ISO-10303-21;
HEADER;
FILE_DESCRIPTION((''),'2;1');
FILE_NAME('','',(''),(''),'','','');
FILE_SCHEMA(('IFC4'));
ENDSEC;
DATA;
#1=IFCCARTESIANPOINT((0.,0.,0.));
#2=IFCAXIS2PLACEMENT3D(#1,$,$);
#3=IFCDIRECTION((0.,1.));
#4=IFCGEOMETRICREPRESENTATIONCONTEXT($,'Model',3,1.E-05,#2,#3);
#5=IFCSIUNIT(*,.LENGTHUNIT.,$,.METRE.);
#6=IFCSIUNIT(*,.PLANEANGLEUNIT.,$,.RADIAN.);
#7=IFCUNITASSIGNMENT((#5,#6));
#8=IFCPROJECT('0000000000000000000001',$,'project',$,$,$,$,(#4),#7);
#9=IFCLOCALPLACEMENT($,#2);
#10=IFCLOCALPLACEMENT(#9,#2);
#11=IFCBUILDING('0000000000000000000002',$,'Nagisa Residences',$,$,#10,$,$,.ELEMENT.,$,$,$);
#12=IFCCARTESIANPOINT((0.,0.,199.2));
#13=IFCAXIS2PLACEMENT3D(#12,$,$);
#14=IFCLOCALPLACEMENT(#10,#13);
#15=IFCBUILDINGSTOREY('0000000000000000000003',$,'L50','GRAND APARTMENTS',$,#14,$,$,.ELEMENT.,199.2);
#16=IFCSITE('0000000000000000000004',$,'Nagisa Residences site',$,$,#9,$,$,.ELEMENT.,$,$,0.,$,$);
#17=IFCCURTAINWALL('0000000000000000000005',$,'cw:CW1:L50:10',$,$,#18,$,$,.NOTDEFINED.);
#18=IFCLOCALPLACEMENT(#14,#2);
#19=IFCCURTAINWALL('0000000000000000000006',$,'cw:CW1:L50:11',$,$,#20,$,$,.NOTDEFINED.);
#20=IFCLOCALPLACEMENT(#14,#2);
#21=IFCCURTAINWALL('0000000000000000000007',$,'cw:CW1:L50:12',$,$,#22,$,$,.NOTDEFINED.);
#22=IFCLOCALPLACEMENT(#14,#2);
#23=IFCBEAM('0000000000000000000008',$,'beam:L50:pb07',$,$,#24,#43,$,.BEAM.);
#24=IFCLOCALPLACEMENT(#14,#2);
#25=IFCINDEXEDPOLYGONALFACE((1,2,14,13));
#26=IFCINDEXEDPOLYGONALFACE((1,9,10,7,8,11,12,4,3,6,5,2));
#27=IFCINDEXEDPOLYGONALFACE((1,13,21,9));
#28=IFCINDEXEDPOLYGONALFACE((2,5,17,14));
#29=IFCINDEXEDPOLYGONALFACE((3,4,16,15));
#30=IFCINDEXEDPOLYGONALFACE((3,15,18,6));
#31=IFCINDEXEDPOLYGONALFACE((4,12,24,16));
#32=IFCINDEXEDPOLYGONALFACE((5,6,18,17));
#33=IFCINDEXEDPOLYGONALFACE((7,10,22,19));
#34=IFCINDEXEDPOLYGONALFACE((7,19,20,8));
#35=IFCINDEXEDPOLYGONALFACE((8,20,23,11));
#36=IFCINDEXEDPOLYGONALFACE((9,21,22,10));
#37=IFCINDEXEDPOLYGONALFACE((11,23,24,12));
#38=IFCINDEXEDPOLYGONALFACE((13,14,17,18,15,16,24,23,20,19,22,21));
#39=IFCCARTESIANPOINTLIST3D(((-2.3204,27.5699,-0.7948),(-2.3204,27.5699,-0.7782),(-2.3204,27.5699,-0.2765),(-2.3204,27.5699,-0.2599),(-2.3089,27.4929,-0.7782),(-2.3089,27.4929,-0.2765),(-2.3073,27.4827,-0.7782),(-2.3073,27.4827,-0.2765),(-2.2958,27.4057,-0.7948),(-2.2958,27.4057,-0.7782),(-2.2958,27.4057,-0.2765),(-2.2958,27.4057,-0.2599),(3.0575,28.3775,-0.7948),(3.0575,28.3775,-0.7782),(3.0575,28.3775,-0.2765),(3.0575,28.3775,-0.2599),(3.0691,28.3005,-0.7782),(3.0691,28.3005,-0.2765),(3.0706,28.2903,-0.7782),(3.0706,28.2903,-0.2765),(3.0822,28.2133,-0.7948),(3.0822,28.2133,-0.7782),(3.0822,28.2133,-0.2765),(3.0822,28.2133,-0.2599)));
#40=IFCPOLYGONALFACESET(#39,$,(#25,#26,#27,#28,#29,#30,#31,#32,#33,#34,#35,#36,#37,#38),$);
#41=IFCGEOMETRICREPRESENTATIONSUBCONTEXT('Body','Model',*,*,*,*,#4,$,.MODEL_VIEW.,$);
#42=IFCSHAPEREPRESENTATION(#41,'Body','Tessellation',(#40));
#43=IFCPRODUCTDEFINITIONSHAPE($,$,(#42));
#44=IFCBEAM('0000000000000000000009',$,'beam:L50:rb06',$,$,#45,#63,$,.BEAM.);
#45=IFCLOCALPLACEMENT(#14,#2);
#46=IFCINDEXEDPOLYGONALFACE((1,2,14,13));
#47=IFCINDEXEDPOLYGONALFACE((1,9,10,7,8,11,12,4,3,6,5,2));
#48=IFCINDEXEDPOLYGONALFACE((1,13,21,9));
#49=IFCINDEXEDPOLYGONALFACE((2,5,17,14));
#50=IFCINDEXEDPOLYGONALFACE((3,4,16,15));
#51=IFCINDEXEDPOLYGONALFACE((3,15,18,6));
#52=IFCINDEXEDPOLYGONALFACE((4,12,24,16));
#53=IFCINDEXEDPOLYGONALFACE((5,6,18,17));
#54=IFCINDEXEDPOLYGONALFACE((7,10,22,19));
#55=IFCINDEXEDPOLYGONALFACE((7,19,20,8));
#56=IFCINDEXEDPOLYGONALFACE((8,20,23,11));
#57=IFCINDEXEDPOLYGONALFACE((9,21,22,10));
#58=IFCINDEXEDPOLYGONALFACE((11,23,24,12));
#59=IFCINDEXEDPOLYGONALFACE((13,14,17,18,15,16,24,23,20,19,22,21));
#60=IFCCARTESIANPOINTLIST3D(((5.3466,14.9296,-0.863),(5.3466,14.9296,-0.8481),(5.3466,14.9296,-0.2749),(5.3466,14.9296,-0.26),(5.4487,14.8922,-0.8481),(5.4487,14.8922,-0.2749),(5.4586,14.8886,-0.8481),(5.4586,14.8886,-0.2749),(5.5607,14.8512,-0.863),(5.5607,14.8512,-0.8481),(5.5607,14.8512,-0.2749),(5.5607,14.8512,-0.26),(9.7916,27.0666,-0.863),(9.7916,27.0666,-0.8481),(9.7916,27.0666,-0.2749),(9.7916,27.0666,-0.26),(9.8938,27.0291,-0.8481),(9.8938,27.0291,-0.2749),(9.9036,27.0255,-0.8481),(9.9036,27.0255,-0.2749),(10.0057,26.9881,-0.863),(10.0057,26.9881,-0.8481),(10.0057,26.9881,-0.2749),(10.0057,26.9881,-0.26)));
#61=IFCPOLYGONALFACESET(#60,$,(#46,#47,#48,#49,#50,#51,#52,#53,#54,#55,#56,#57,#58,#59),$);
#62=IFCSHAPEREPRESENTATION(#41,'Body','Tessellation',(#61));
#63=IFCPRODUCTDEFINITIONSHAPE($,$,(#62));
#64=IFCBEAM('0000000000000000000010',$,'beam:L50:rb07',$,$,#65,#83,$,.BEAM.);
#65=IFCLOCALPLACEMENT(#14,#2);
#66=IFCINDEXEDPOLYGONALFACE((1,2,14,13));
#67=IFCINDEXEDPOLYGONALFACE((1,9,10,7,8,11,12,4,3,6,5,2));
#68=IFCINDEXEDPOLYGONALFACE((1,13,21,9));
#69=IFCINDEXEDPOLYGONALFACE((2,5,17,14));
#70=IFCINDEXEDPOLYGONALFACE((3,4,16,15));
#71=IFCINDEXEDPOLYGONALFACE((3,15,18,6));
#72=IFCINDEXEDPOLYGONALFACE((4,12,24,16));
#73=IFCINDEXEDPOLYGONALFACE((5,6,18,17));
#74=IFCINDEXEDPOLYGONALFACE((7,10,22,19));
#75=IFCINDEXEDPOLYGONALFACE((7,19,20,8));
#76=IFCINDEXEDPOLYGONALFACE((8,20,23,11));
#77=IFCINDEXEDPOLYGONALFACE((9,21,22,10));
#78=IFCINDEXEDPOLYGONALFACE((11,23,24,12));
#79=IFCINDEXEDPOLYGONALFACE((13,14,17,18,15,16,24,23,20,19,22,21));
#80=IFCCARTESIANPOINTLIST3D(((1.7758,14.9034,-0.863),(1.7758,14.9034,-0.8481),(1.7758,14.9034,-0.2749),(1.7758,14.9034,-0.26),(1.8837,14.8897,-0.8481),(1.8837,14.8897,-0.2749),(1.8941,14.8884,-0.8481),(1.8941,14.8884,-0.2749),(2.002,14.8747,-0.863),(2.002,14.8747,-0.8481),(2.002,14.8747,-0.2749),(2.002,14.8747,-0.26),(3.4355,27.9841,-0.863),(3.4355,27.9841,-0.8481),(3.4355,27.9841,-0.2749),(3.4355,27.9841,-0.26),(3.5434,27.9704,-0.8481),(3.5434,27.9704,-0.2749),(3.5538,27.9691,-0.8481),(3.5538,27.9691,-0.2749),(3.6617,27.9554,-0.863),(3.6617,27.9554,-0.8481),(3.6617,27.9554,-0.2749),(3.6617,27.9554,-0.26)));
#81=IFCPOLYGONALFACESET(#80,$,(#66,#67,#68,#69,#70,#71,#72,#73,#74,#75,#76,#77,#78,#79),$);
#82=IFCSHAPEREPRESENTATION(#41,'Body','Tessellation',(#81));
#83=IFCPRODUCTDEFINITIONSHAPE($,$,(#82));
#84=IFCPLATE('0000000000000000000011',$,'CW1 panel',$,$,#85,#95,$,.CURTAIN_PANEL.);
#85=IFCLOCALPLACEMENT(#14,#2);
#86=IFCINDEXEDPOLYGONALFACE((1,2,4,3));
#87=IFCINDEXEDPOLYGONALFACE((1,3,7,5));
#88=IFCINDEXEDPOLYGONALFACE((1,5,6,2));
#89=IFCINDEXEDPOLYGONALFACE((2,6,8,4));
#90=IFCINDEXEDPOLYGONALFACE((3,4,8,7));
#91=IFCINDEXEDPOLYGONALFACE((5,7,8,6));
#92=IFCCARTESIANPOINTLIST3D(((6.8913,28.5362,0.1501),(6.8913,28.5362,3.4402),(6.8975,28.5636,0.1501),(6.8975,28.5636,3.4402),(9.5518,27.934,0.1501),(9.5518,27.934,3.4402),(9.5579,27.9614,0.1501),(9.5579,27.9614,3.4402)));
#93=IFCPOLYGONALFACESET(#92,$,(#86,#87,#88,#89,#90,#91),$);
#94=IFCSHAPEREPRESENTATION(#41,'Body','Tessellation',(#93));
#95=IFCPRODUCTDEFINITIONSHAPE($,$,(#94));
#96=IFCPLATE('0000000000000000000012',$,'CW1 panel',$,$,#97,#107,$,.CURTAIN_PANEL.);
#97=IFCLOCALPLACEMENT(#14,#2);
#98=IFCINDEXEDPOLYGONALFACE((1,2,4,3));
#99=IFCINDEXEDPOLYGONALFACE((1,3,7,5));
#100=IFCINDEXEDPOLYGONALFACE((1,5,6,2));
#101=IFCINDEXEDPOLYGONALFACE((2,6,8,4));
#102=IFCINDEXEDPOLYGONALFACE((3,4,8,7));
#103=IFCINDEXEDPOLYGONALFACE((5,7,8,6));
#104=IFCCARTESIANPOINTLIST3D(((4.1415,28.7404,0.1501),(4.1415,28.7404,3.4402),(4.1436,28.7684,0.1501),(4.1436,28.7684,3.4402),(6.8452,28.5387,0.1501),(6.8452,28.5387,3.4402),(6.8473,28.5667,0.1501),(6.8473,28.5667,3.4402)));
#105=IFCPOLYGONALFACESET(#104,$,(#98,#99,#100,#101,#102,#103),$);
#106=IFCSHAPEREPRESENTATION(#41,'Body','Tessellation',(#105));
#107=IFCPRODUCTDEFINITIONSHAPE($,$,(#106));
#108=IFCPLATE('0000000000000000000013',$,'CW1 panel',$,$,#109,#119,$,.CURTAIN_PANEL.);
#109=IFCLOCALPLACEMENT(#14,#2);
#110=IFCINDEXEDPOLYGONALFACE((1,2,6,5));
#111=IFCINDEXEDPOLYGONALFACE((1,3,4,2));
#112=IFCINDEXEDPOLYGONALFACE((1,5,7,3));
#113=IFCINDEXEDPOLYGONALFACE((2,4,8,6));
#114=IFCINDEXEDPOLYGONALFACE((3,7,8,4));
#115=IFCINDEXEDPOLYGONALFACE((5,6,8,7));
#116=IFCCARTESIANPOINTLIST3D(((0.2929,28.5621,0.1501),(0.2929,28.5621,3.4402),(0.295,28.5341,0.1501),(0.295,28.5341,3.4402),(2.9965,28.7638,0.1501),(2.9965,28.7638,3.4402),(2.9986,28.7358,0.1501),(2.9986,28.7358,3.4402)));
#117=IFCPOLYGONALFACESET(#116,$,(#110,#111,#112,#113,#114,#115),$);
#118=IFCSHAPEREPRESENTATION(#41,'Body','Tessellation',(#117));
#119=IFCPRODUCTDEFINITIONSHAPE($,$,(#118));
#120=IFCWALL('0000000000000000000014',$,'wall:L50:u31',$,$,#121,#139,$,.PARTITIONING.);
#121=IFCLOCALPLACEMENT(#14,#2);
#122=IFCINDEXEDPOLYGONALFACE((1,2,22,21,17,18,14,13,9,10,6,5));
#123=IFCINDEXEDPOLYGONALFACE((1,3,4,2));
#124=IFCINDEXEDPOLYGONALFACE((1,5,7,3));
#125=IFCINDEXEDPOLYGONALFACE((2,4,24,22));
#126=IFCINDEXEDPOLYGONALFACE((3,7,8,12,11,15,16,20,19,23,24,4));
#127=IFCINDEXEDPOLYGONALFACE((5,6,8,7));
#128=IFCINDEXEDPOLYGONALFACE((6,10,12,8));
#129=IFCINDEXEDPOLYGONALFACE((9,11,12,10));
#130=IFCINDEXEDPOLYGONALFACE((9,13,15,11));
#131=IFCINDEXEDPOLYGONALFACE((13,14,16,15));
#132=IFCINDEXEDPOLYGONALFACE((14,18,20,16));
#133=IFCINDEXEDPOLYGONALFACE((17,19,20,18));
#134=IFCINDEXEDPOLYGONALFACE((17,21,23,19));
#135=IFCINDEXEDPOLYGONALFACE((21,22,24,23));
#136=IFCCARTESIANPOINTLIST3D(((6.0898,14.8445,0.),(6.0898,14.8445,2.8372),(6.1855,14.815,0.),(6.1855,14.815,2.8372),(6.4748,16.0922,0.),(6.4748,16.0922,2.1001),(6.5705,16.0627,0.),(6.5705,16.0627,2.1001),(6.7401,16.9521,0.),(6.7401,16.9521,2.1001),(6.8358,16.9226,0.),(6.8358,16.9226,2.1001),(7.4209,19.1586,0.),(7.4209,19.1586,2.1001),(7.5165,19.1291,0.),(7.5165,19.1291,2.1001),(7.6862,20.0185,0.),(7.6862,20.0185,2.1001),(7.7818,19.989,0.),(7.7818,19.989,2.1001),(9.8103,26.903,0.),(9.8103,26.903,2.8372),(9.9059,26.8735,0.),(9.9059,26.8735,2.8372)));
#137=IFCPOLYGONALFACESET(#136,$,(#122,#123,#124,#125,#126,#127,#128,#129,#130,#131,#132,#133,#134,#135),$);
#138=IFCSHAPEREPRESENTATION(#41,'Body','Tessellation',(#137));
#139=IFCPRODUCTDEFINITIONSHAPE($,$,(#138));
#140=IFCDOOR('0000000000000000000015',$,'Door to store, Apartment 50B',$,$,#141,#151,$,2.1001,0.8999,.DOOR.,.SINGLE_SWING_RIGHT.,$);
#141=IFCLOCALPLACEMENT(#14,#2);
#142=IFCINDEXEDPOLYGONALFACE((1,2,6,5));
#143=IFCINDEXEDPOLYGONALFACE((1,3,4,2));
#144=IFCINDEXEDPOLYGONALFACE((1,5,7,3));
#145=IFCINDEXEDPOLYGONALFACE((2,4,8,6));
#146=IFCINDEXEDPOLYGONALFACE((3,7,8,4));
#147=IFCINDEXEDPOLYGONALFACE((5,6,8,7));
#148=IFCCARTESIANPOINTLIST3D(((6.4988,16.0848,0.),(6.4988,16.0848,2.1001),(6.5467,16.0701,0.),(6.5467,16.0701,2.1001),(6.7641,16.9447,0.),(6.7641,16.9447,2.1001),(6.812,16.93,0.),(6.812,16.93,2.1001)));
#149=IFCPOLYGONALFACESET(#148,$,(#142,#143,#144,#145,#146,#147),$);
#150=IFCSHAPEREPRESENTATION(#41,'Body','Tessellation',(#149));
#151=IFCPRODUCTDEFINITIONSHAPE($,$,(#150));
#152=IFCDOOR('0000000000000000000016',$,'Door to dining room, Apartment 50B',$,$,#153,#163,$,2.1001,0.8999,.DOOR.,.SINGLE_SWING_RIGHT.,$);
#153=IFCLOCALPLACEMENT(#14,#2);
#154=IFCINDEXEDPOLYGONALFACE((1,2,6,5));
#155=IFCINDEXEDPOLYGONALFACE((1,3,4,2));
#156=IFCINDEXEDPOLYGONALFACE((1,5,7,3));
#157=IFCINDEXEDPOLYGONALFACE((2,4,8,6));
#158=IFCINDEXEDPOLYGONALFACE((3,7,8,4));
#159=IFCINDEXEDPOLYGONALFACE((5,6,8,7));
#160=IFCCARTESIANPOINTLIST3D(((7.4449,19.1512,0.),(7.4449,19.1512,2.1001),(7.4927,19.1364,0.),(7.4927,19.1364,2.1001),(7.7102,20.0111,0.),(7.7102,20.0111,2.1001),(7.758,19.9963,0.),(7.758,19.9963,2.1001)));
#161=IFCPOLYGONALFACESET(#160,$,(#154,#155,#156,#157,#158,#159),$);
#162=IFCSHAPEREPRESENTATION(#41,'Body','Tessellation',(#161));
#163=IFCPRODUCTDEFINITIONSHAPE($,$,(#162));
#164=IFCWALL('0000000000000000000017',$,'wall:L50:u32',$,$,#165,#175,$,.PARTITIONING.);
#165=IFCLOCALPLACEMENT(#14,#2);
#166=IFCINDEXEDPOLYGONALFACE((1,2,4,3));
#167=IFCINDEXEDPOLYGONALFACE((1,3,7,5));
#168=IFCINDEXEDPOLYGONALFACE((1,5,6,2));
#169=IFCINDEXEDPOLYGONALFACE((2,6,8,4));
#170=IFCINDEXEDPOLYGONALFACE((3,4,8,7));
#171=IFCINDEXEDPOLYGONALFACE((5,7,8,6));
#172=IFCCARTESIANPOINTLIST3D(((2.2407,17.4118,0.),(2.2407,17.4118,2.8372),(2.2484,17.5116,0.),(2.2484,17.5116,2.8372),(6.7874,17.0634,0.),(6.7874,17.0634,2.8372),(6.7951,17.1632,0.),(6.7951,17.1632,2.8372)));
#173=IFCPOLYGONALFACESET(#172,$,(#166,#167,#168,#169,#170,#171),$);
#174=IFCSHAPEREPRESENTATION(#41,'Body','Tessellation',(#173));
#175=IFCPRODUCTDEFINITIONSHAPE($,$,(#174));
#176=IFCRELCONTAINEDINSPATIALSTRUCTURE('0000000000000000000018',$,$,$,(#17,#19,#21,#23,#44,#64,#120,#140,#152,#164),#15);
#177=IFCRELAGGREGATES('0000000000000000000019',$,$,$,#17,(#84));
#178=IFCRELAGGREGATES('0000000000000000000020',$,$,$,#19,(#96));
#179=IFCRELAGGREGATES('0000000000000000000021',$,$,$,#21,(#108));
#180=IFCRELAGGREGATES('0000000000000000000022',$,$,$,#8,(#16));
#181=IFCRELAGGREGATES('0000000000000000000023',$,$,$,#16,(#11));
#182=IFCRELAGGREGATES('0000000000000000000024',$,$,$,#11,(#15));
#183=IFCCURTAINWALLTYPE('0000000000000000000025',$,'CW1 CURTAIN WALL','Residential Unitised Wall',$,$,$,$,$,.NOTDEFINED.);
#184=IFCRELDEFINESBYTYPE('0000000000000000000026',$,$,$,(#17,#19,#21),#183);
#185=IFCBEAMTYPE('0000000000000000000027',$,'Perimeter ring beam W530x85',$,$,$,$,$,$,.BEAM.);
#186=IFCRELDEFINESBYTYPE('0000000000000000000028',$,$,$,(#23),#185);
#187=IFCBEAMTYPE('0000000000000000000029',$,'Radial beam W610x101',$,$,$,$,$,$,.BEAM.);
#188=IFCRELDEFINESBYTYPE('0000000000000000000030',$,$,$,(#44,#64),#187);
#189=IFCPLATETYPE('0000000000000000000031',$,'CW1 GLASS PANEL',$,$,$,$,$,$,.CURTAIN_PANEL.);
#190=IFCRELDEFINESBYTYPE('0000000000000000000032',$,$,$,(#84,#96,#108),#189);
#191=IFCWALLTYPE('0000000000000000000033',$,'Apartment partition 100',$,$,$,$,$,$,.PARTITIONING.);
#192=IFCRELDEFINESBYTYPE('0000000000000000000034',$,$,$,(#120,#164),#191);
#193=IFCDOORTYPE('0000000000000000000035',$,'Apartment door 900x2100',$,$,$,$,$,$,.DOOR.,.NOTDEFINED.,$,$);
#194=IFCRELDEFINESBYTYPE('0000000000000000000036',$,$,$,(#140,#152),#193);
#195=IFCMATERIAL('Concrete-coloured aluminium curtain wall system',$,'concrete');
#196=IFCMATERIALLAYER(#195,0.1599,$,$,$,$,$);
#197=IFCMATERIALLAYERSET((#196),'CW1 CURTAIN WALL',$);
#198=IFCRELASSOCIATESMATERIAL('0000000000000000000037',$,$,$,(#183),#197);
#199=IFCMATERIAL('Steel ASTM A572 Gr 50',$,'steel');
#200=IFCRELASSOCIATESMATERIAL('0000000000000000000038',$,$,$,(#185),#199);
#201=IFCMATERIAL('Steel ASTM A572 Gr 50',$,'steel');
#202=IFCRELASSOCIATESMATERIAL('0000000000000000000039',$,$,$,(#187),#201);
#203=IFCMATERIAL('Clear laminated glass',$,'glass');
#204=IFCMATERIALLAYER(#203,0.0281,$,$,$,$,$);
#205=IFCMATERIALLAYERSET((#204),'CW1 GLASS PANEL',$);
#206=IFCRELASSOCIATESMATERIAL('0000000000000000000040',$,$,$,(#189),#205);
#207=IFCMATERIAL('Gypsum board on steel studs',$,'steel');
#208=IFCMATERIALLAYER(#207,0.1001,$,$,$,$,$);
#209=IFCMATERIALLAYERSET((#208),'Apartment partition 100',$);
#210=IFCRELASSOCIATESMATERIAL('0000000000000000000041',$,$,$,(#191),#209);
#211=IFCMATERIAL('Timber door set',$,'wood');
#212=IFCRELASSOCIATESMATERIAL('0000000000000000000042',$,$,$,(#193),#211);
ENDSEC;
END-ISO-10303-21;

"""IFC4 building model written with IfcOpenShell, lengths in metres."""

from ifc_helpers import new_model, si_unit, direction, frame, frame_2d, origin, origin_2d, place, context, subcontext, project, spatial, rectangle, i_section, extrude, material, layer, layer_set, material_profile, profile_set, type_object, element, fill, aggregate, save


model = new_model("IFC4")

# Units and contexts
model_context = context("Model", 3, precision=1e-05, world=origin(), true_north=direction((0.0, 1.0)))
body_context = subcontext(model_context, "Body", "Model", "MODEL_VIEW")
ifc_project = project(units=[si_unit("LENGTHUNIT", "METRE"), si_unit("PLANEANGLEUNIT", "RADIAN")], contexts=[model_context])

# Site, building, storey
site_placement = place(None, origin())
site = spatial("IfcSite", under=ifc_project, at=site_placement, Name="Nagisa Residences site", CompositionType="ELEMENT", RefElevation=0.0)
building_placement = place(site_placement, origin())
building = spatial("IfcBuilding", under=site, at=building_placement, Name="Nagisa Residences", CompositionType="ELEMENT")
storey_placement = place(building_placement, frame((0.0, 0.0, 199.2)))
storey = spatial("IfcBuildingStorey", under=building, at=storey_placement, Name="L50", Description="GRAND APARTMENTS", CompositionType="ELEMENT", Elevation=199.2)

# Curtain walls
ifc_material_1 = material(Name="Concrete-coloured aluminium curtain wall system", Category="concrete")
ifc_layer_1 = layer(ifc_material_1, 0.1599)
ifc_layer_set_1 = layer_set([ifc_layer_1], Name="CW1 CURTAIN WALL")
curtain_wall_type = type_object("IfcCurtainWallType", Name="CW1 CURTAIN WALL", Description="Residential Unitised Wall", PredefinedType="NOTDEFINED", material=ifc_layer_set_1)
curtain_wall_1_placement = place(storey_placement, origin())
curtain_wall_1 = element("IfcCurtainWall", 1, at=curtain_wall_1_placement, inside=storey, type_object=curtain_wall_type, Name="cw:CW1:L50:10", PredefinedType="NOTDEFINED")
curtain_wall_2_placement = place(storey_placement, origin())
curtain_wall_2 = element("IfcCurtainWall", 2, at=curtain_wall_2_placement, inside=storey, type_object=curtain_wall_type, Name="cw:CW1:L50:11", PredefinedType="NOTDEFINED")
curtain_wall_3_placement = place(storey_placement, origin())
curtain_wall_3 = element("IfcCurtainWall", 3, at=curtain_wall_3_placement, inside=storey, type_object=curtain_wall_type, Name="cw:CW1:L50:12", PredefinedType="NOTDEFINED")

# Beams
ifc_material_2 = material(Name="Steel ASTM A572 Gr 50", Category="steel")
ifc_material_profile_1 = material_profile(ifc_material_2, i_section(OverallWidth=0.166, OverallDepth=0.5349, WebThickness=0.0103, FlangeThickness=0.0166, at=origin_2d()), Name="W530x85")
ifc_profile_set_1 = profile_set([ifc_material_profile_1], Name="Steel ASTM A572 Gr 50")
beam_type_1 = type_object("IfcBeamType", Name="Perimeter ring beam W530x85", PredefinedType="BEAM", material=ifc_profile_set_1)
for number, where, z_axis, x_axis, name in (
    (4, (3.0698, 28.2954, -0.5273), (-0.988911, -0.148507, 0.0), (0.148507, -0.988911, 0.0), "beam:L50:pb07"),
):
    element("IfcBeam", number, at=place(storey_placement, frame(where, z_axis=z_axis, x_axis=x_axis)), inside=storey, type_object=beam_type_1, Name=name, PredefinedType="BEAM", context=body_context, shape_type="SweptSolid", body=[
        extrude(i_section(OverallWidth=0.166, OverallDepth=0.5349, WebThickness=0.0103, FlangeThickness=0.0166, at=origin_2d()), origin(), (0.0, 0.0, 1.0), 5.4382),
    ])
ifc_material_3 = material(Name="Steel ASTM A572 Gr 50", Category="steel")
ifc_material_profile_2 = material_profile(ifc_material_3, i_section(OverallWidth=0.228, OverallDepth=0.603, WebThickness=0.0105, FlangeThickness=0.0149, at=origin_2d()), Name="W610x101")
ifc_profile_set_2 = profile_set([ifc_material_profile_2], Name="Steel ASTM A572 Gr 50")
beam_type_2 = type_object("IfcBeamType", Name="Radial beam W610x101", PredefinedType="BEAM", material=ifc_profile_set_2)
beam_1_placement = place(storey_placement, frame((9.8987, 27.0273, -0.5615), z_axis=(-0.343903, -0.939005, 0.0), x_axis=(0.939005, -0.343903, 0.0)))
element("IfcBeam", 5, at=beam_1_placement, inside=storey, type_object=beam_type_2, Name="beam:L50:rb06", PredefinedType="BEAM", context=body_context, shape_type="SweptSolid", body=[
    extrude(i_section(OverallWidth=0.228, OverallDepth=0.603, WebThickness=0.0105, FlangeThickness=0.0149, at=origin_2d()), origin(), (0.0, 0.0, 1.0), 12.9253),
])
beam_2_placement = place(storey_placement, frame((3.5486, 27.9697, -0.5615), z_axis=(-0.125871, -0.992047, 0.0), x_axis=(0.992047, -0.125871, 0.0)))
element("IfcBeam", 6, at=beam_2_placement, inside=storey, type_object=beam_type_2, Name="beam:L50:rb07", PredefinedType="BEAM", context=body_context, shape_type="SweptSolid", body=[
    extrude(i_section(OverallWidth=0.228, OverallDepth=0.603, WebThickness=0.0105, FlangeThickness=0.0149, at=origin_2d()), origin(), (0.0, 0.0, 1.0), 13.1855),
])

# Plates
ifc_material_4 = material(Name="Clear laminated glass", Category="glass")
ifc_layer_2 = layer(ifc_material_4, 0.0281)
ifc_layer_set_2 = layer_set([ifc_layer_2], Name="CW1 GLASS PANEL")
plate_type = type_object("IfcPlateType", Name="CW1 GLASS PANEL", PredefinedType="CURTAIN_PANEL", material=ifc_layer_set_2)
plate_1_placement = place(storey_placement, frame((8.2246, 28.2488, 0.1501), z_axis=(0.0, 0.0, 1.0), x_axis=(-0.975327, 0.220764, 0.0)))
plate_1 = element("IfcPlate", 7, at=plate_1_placement, type_object=plate_type, Name="CW1 panel", PredefinedType="CURTAIN_PANEL", context=body_context, shape_type="SweptSolid", body=[
    extrude(rectangle(XDim=2.7278, YDim=0.0281, at=origin_2d()), origin(), (0.0, 0.0, 1.0), 3.29),
])
aggregate(curtain_wall_1, [plate_1])
plate_2_placement = place(storey_placement, frame((5.4944, 28.6536, 0.1501), z_axis=(0.0, 0.0, 1.0), x_axis=(-0.99723, 0.074377, 0.0)))
plate_2 = element("IfcPlate", 8, at=plate_2_placement, type_object=plate_type, Name="CW1 panel", PredefinedType="CURTAIN_PANEL", context=body_context, shape_type="SweptSolid", body=[
    extrude(rectangle(XDim=2.7112, YDim=0.0281, at=origin_2d()), origin(), (0.0, 0.0, 1.0), 3.29),
])
aggregate(curtain_wall_2, [plate_2])
plate_3_placement = place(storey_placement, frame((1.6458, 28.6489, 0.1501), z_axis=(0.0, 0.0, 1.0), x_axis=(-0.99723, -0.074377, 0.0)))
plate_3 = element("IfcPlate", 9, at=plate_3_placement, type_object=plate_type, Name="CW1 panel", PredefinedType="CURTAIN_PANEL", context=body_context, shape_type="SweptSolid", body=[
    extrude(rectangle(XDim=2.7112, YDim=0.0281, at=origin_2d()), origin(), (0.0, 0.0, 1.0), 3.29),
])
aggregate(curtain_wall_3, [plate_3])

# Wall, openings, doors
ifc_material_5 = material(Name="Gypsum board on steel studs", Category="steel")
ifc_layer_3 = layer(ifc_material_5, 0.1001)
ifc_layer_set_3 = layer_set([ifc_layer_3], Name="Apartment partition 100")
wall_type = type_object("IfcWallType", Name="Apartment partition 100", PredefinedType="PARTITIONING", material=ifc_layer_set_3)
wall_1_placement = place(storey_placement, frame((6.1377, 14.8298, 0.0), z_axis=(0.0, 0.0, 1.0), x_axis=(0.294819, 0.955553, 0.0)))
wall_1 = element("IfcWall", 10, at=wall_1_placement, inside=storey, type_object=wall_type, Name="wall:L50:u31", PredefinedType="PARTITIONING", context=body_context, shape_type="SweptSolid", body=[
    extrude(rectangle(XDim=12.6194, YDim=0.1001, at=frame_2d((6.3096, 0.0))), origin(), (0.0, 0.0, 1.0), 2.8372),
])
opening_1_placement = place(wall_1_placement, frame((1.3057, 0.0, 0.0)))
opening_1 = element("IfcOpeningElement", 11, at=opening_1_placement, cuts=wall_1, PredefinedType="OPENING", context=body_context, shape_type="SweptSolid", body=[
    extrude(rectangle(XDim=0.8999, YDim=2.1001, at=frame_2d((0.45, 1.05))), frame((0.0, 0.0601, 0.0), z_axis=(0.0, -1.0, 0.0), x_axis=(1.0, 0.0, 0.0)), (0.0, 0.0, 1.0), 0.1201),
])
opening_2_placement = place(wall_1_placement, frame((4.5146, 0.0, 0.0)))
opening_2 = element("IfcOpeningElement", 12, at=opening_2_placement, cuts=wall_1, PredefinedType="OPENING", context=body_context, shape_type="SweptSolid", body=[
    extrude(rectangle(XDim=0.8999, YDim=2.1001, at=frame_2d((0.45, 1.05))), frame((0.0, 0.0601, 0.0), z_axis=(0.0, -1.0, 0.0), x_axis=(1.0, 0.0, 0.0)), (0.0, 0.0, 1.0), 0.1201),
])
ifc_material_6 = material(Name="Timber door set", Category="wood")
door_type = type_object("IfcDoorType", Name="Apartment door 900x2100", OperationType="NOTDEFINED", PredefinedType="DOOR", material=ifc_material_6)
door_1_placement = place(opening_1_placement, origin())
door_1 = element("IfcDoor", 13, at=door_1_placement, inside=storey, type_object=door_type, Name="Door to store, Apartment 50B", OperationType="SINGLE_SWING_RIGHT", OverallHeight=2.1001, OverallWidth=0.8999, PredefinedType="DOOR", context=body_context, shape_type="SweptSolid", body=[
    extrude(rectangle(XDim=0.8999, YDim=2.1001, at=frame_2d((0.45, 1.05))), frame((0.0, 0.0249, 0.0), z_axis=(0.0, -1.0, 0.0), x_axis=(1.0, 0.0, 0.0)), (0.0, 0.0, 1.0), 0.05),
])
fill(opening_1, door_1)
door_2_placement = place(opening_2_placement, origin())
door_2 = element("IfcDoor", 14, at=door_2_placement, inside=storey, type_object=door_type, Name="Door to dining room, Apartment 50B", OperationType="SINGLE_SWING_RIGHT", OverallHeight=2.1001, OverallWidth=0.8999, PredefinedType="DOOR", context=body_context, shape_type="SweptSolid", body=[
    extrude(rectangle(XDim=0.8999, YDim=2.1001, at=frame_2d((0.45, 1.05))), frame((0.0, 0.0249, 0.0), z_axis=(0.0, -1.0, 0.0), x_axis=(1.0, 0.0, 0.0)), (0.0, 0.0, 1.0), 0.05),
])
fill(opening_2, door_2)

# Wall
wall_2_placement = place(storey_placement, frame((6.7913, 17.1133, 0.0), z_axis=(0.0, 0.0, 1.0), x_axis=(-0.997077, 0.076402, 0.0)))
element("IfcWall", 15, at=wall_2_placement, inside=storey, type_object=wall_type, Name="wall:L50:u32", PredefinedType="PARTITIONING", context=body_context, shape_type="SweptSolid", body=[
    extrude(rectangle(XDim=4.5601, YDim=0.1001, at=frame_2d((2.28, 0.0))), origin(), (0.0, 0.0, 1.0), 2.8372),
])

save(model, "model.ifc")
